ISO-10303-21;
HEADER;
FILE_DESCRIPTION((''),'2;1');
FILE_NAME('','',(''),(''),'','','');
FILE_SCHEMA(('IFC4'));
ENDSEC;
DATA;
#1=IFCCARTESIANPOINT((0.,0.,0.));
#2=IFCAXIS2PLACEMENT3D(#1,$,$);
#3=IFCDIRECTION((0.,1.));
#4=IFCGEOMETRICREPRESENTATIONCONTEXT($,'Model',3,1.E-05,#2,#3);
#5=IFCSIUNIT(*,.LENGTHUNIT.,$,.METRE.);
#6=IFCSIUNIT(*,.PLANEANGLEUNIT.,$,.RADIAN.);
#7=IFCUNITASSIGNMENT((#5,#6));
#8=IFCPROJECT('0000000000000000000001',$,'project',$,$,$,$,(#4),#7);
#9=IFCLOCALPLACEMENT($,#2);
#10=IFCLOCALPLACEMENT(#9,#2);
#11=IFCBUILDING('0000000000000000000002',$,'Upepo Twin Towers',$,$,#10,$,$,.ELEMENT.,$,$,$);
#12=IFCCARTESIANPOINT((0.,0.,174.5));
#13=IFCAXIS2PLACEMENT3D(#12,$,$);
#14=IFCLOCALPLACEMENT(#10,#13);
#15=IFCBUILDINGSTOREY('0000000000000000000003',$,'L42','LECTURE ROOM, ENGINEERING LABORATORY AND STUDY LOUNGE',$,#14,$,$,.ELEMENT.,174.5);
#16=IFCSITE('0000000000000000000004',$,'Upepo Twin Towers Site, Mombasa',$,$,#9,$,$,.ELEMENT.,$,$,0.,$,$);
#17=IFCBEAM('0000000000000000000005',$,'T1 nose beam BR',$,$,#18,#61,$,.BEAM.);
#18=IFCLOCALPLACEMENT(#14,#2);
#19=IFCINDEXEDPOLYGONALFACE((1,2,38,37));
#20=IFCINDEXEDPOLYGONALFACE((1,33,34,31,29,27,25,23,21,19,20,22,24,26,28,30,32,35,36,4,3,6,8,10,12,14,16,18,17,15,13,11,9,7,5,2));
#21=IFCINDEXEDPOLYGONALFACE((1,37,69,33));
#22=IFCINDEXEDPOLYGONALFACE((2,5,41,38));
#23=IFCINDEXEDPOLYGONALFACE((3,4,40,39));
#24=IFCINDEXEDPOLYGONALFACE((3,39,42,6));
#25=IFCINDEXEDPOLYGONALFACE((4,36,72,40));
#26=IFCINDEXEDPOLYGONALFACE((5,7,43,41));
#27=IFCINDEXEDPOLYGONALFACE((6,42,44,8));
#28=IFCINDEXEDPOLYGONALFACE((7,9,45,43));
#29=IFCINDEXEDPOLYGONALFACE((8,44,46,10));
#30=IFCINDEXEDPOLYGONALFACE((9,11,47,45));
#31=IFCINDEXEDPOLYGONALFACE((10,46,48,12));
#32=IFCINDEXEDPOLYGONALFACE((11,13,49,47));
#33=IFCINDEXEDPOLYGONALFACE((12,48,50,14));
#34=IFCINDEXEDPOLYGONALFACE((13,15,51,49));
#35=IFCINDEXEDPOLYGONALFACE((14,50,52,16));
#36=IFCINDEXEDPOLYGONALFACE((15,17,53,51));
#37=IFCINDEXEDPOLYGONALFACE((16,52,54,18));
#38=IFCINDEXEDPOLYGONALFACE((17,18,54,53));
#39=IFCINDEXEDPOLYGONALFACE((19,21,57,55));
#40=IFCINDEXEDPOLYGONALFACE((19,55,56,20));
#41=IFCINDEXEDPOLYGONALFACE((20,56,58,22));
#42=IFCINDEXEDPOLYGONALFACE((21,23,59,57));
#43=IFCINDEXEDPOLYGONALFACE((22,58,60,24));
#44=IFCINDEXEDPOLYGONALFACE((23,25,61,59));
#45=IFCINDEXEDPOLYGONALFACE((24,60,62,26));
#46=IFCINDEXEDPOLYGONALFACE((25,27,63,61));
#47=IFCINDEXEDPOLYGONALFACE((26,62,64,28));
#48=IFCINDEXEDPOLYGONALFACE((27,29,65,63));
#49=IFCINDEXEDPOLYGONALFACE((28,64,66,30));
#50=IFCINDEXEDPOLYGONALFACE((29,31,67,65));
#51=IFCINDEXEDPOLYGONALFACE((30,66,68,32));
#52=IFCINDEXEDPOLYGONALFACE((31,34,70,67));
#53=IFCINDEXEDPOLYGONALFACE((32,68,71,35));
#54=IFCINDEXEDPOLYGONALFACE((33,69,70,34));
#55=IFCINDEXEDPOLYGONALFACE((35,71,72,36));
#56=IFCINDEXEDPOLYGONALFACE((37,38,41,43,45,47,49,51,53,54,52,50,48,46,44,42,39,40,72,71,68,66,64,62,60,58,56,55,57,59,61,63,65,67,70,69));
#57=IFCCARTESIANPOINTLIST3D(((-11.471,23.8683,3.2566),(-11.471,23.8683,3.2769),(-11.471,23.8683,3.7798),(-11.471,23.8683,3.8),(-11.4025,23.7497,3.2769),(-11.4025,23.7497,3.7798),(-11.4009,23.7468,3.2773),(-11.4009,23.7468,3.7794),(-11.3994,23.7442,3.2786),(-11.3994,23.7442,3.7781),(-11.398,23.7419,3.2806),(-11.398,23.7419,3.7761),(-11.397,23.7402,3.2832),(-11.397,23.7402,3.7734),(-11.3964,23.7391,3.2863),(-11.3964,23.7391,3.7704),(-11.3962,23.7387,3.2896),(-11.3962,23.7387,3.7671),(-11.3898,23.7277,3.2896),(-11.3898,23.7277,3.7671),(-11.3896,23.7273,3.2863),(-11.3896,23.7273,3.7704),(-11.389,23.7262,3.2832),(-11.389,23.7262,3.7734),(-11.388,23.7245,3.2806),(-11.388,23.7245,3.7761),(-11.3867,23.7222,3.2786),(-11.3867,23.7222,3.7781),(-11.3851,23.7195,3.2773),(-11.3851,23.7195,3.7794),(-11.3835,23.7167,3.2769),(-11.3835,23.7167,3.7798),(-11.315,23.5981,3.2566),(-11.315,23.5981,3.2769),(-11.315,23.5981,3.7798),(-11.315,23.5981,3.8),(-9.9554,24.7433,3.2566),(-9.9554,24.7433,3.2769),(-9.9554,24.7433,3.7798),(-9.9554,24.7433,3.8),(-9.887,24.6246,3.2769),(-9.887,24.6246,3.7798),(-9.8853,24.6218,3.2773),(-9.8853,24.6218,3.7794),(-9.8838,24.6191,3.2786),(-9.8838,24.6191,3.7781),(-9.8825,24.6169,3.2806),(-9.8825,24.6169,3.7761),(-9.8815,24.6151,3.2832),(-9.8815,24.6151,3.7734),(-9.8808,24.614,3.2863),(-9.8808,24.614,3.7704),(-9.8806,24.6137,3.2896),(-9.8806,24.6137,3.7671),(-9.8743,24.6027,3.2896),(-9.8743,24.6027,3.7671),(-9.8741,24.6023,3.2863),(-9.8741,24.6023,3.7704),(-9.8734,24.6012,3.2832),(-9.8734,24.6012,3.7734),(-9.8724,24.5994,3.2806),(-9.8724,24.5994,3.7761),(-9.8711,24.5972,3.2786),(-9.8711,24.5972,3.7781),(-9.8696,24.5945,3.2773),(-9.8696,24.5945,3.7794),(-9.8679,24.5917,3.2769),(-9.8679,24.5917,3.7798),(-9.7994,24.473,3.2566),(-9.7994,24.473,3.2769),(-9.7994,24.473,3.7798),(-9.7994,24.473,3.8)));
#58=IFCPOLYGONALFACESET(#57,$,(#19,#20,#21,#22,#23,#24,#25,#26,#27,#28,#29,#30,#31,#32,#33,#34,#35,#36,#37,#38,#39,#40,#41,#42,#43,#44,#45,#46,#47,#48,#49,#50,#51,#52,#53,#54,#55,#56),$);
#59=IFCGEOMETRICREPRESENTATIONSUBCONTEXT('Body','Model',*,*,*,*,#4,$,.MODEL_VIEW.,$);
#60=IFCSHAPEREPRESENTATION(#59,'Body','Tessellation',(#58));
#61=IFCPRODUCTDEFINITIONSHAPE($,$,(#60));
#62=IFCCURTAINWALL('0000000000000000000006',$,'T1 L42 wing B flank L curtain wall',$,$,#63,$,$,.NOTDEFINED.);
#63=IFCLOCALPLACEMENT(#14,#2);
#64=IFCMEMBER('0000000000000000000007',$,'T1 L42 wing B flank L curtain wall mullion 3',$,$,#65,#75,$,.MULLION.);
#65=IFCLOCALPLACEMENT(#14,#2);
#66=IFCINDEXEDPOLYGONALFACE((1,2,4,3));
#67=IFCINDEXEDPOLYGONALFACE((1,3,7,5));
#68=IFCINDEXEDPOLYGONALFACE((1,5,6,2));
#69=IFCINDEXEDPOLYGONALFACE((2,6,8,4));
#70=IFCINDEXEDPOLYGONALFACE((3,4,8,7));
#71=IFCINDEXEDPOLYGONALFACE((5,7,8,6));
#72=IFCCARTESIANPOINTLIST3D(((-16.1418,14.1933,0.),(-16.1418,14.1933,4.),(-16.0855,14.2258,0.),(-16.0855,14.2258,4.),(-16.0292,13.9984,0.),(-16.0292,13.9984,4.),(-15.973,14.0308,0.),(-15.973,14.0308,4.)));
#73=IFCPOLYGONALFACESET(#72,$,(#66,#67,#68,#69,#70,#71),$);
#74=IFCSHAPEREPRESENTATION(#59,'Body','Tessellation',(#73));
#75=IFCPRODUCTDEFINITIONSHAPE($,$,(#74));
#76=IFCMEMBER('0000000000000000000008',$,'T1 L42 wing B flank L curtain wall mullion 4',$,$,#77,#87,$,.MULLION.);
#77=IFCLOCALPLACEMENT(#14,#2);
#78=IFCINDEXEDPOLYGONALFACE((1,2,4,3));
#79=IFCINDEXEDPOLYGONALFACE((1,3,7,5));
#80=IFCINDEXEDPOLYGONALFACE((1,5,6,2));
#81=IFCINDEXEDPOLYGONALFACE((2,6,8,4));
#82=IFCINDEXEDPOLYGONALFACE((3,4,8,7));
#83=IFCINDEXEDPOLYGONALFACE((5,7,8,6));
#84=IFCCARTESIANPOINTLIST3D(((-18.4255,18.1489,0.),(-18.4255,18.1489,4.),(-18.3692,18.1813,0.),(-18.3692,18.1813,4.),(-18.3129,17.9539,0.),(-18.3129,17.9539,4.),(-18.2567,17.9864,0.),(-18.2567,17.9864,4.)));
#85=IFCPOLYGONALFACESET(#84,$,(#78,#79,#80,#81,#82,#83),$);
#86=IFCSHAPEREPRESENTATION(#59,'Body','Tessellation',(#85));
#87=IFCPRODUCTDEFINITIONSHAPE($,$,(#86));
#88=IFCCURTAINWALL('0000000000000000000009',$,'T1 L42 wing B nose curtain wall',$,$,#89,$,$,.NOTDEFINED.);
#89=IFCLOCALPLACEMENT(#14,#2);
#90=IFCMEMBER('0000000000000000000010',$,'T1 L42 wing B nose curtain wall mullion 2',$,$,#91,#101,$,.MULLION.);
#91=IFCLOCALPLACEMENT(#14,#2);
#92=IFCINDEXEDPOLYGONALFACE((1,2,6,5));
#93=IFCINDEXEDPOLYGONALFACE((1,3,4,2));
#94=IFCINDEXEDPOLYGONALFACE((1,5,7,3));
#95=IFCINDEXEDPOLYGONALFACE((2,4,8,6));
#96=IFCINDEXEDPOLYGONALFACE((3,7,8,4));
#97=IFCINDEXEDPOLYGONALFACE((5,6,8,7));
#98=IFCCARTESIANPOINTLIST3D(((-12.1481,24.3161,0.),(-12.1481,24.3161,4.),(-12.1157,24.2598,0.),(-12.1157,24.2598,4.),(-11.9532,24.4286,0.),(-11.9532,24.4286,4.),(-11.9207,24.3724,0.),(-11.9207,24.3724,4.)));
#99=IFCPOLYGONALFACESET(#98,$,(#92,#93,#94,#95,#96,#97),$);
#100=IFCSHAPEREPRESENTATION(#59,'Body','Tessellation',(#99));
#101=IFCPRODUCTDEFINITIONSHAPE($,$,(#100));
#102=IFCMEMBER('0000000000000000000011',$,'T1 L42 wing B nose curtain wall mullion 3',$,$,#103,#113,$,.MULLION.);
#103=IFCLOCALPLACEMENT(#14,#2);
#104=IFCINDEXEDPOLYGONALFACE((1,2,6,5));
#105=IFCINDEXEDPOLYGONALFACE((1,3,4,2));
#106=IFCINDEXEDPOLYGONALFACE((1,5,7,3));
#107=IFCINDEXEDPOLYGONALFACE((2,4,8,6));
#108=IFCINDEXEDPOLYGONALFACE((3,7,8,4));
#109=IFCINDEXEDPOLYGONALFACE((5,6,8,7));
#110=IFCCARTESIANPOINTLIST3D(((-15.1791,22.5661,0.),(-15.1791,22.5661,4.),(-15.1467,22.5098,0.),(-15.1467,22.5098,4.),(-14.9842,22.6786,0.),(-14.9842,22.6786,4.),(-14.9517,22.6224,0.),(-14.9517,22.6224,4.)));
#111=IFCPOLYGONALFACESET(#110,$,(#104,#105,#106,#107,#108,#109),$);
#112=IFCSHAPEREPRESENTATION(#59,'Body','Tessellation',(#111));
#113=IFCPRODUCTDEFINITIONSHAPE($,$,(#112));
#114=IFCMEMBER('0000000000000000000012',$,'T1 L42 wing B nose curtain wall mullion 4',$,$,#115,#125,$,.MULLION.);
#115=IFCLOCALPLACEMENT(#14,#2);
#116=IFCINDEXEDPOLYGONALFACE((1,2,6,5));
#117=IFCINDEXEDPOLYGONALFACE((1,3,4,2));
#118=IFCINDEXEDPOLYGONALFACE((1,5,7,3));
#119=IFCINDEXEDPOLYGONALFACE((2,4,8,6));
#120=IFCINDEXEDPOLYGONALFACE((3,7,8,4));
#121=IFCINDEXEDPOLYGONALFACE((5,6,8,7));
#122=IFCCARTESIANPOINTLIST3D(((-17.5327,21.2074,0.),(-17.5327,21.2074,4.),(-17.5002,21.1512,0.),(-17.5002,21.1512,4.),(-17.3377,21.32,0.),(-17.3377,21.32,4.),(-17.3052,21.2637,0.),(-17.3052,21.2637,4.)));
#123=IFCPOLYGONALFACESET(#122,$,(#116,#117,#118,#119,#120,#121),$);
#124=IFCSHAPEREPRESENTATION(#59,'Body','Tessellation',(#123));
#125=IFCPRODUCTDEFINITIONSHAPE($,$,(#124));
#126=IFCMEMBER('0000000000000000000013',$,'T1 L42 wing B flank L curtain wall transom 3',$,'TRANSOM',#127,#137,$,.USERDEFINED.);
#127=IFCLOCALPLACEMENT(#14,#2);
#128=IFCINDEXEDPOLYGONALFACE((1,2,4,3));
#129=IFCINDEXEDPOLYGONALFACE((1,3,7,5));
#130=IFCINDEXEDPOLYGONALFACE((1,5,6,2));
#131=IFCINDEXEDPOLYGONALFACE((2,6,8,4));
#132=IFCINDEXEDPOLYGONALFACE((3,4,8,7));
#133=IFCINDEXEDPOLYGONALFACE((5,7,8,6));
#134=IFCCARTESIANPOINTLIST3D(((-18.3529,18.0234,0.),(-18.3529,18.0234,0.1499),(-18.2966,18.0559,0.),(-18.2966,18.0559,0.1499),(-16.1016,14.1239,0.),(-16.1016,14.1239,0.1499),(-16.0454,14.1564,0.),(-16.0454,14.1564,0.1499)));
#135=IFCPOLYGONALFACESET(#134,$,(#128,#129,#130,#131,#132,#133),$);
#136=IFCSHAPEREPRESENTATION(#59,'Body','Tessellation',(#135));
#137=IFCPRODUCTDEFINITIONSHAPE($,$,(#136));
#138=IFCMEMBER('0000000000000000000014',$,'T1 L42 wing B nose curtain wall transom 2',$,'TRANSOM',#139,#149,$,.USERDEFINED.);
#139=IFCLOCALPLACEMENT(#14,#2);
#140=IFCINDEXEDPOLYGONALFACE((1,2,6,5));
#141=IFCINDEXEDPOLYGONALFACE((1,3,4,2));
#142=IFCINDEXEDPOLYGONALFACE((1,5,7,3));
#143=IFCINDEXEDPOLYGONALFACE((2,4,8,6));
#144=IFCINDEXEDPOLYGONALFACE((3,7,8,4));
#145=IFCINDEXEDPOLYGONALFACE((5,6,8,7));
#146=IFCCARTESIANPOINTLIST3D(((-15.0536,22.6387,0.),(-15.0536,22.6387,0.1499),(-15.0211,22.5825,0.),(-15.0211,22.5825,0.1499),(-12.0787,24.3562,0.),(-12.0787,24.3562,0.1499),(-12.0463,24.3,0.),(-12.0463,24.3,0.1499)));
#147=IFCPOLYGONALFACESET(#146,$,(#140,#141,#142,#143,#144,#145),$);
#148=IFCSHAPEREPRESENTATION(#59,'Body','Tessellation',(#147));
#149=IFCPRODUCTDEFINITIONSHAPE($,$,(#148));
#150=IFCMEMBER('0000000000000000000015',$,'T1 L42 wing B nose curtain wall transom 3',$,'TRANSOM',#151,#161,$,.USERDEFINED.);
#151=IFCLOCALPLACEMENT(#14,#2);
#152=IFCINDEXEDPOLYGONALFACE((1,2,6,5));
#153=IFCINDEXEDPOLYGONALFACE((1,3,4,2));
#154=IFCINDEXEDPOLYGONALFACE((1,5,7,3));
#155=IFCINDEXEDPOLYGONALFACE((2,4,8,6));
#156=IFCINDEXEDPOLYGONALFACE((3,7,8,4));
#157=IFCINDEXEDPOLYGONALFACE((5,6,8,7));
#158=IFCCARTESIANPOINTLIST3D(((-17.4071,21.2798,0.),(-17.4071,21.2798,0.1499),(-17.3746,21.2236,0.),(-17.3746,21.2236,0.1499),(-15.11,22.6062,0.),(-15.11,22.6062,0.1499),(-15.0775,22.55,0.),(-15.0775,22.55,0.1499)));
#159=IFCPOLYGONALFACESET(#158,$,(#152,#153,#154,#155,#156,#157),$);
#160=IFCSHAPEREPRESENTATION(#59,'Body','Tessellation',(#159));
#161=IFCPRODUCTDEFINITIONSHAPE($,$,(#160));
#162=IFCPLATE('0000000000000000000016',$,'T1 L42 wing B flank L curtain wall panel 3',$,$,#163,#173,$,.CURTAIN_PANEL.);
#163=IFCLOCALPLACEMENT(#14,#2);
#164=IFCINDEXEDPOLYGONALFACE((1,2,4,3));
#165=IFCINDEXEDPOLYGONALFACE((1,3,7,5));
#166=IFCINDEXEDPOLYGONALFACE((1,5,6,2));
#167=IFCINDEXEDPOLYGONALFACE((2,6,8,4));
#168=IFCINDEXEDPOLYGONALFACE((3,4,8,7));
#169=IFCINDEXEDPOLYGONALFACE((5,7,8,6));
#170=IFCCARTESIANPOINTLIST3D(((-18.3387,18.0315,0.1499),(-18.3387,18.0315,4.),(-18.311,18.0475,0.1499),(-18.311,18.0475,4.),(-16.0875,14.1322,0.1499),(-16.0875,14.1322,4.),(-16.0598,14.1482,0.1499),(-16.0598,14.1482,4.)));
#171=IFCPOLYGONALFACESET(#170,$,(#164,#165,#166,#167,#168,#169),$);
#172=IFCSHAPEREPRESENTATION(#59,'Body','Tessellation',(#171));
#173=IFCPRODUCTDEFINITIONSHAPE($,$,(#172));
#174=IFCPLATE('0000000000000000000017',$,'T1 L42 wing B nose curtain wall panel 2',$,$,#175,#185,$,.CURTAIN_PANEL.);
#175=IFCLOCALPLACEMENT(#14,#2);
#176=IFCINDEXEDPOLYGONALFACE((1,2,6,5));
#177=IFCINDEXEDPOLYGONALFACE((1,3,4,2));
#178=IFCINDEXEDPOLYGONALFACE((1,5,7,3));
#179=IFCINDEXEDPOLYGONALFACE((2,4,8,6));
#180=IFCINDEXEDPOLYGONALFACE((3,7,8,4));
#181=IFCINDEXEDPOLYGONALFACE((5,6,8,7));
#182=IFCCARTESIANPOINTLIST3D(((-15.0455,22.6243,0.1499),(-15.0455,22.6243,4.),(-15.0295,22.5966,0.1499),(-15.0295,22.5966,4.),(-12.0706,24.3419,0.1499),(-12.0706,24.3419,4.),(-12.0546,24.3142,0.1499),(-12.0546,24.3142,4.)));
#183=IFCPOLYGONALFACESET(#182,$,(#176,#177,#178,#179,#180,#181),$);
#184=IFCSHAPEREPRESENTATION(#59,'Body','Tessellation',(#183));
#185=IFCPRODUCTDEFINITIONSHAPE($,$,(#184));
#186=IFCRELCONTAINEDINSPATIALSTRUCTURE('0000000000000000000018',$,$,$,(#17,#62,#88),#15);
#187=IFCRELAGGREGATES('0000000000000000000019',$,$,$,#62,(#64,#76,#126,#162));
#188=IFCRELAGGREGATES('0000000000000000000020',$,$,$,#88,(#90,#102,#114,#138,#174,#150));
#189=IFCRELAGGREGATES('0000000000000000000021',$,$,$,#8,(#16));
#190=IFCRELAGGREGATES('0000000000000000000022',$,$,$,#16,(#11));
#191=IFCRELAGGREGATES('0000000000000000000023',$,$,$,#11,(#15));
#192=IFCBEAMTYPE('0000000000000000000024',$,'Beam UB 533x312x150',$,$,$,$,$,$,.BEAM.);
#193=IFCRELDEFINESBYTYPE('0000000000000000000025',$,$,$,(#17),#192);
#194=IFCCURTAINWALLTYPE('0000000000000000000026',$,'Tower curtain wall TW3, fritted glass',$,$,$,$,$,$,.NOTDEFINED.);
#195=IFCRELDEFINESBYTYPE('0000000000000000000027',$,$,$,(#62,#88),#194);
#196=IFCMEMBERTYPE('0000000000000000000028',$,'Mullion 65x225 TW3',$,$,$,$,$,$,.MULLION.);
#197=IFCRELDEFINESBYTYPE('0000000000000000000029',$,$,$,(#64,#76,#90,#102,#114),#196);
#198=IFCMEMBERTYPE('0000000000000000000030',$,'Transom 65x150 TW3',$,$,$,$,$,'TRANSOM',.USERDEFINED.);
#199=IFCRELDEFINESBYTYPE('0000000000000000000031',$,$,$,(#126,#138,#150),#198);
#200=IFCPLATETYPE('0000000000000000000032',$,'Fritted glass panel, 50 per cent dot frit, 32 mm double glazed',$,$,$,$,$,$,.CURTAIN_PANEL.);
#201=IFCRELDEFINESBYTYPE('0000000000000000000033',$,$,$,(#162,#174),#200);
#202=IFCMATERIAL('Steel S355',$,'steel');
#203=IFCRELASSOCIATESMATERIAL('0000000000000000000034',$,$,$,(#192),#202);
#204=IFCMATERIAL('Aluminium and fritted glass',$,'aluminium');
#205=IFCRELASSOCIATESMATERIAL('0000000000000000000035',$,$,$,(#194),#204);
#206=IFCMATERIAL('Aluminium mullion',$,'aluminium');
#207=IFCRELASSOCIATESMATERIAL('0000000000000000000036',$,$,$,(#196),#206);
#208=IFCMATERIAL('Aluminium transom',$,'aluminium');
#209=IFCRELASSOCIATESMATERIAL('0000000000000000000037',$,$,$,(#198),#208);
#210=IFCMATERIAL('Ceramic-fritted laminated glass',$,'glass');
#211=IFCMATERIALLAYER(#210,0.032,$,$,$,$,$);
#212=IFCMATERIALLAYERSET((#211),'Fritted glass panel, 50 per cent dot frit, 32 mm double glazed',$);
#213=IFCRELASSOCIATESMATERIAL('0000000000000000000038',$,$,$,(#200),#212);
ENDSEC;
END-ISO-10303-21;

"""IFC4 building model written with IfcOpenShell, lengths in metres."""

from ifc_helpers import new_model, si_unit, direction, frame, origin, origin_2d, place, context, subcontext, project, spatial, rectangle, i_section, extrude, material, layer, layer_set, material_profile, profile_set, type_object, element, aggregate, save


model = new_model("IFC4")

# Units and contexts
model_context = context("Model", 3, precision=1e-05, world=origin(), true_north=direction((0.0, 1.0)))
body_context = subcontext(model_context, "Body", "Model", "MODEL_VIEW")
ifc_project = project(units=[si_unit("LENGTHUNIT", "METRE"), si_unit("PLANEANGLEUNIT", "RADIAN")], contexts=[model_context])

# Site, building, storey
site_placement = place(None, origin())
site = spatial("IfcSite", under=ifc_project, at=site_placement, Name="Upepo Twin Towers Site, Mombasa", CompositionType="ELEMENT", RefElevation=0.0)
building_placement = place(site_placement, origin())
building = spatial("IfcBuilding", under=site, at=building_placement, Name="Upepo Twin Towers", CompositionType="ELEMENT")
storey_placement = place(building_placement, frame((0.0, 0.0, 174.5)))
storey = spatial("IfcBuildingStorey", under=building, at=storey_placement, Name="L42", Description="LECTURE ROOM, ENGINEERING LABORATORY AND STUDY LOUNGE", CompositionType="ELEMENT", Elevation=174.5)

# Beam
ifc_material_1 = material(Name="Steel S355", Category="steel")
ifc_material_profile_1 = material_profile(ifc_material_1, i_section(OverallWidth=0.312, OverallDepth=0.5435, WebThickness=0.0127, FlangeThickness=0.0203, FilletRadius=0.0127, at=origin_2d()), Name="UB 533x312x150")
ifc_profile_set_1 = profile_set([ifc_material_profile_1], Name="Steel S355")
beam_type_1 = type_object("IfcBeamType", Name="Beam UB 533x312x150", PredefinedType="BEAM", material=ifc_profile_set_1)
for number, where, z_axis, x_axis, name in (
    (1, (-9.8774, 24.6082, 3.5283), (-0.866037, -0.49998, 0.0), (0.49998, -0.866037, 0.0), "T1 nose beam BR"),
):
    element("IfcBeam", number, at=place(storey_placement, frame(where, z_axis=z_axis, x_axis=x_axis)), inside=storey, type_object=beam_type_1, Name=name, PredefinedType="BEAM", context=body_context, shape_type="SweptSolid", body=[
        extrude(i_section(OverallWidth=0.312, OverallDepth=0.5435, WebThickness=0.0127, FlangeThickness=0.0203, FilletRadius=0.0127, at=origin_2d()), origin(), (0.0, 0.0, 1.0), 1.75),
    ])

# Curtain walls, members
ifc_material_2 = material(Name="Aluminium and fritted glass", Category="aluminium")
curtain_wall_type = type_object("IfcCurtainWallType", Name="Tower curtain wall TW3, fritted glass", PredefinedType="NOTDEFINED", material=ifc_material_2)
curtain_wall_1_placement = place(storey_placement, origin())
curtain_wall_1 = element("IfcCurtainWall", 2, at=curtain_wall_1_placement, inside=storey, type_object=curtain_wall_type, Name="T1 L42 wing B flank L curtain wall", PredefinedType="NOTDEFINED")
ifc_material_3 = material(Name="Aluminium mullion", Category="aluminium")
ifc_material_profile_2 = material_profile(ifc_material_3, rectangle(XDim=0.0649, YDim=0.2251, at=origin_2d()), Name="MULLION 65x225")
ifc_profile_set_2 = profile_set([ifc_material_profile_2], Name="Aluminium mullion")
member_type_1 = type_object("IfcMemberType", Name="Mullion 65x225 TW3", PredefinedType="MULLION", material=ifc_profile_set_2)
member_1_placement = place(storey_placement, frame((-16.0574, 14.1121, 0.0), z_axis=(0.0, 0.0, 1.0), x_axis=(-0.866025, -0.5, 0.0)))
member_1 = element("IfcMember", 3, at=member_1_placement, type_object=member_type_1, Name="T1 L42 wing B flank L curtain wall mullion 3", PredefinedType="MULLION", context=body_context, shape_type="SweptSolid", body=[
    extrude(rectangle(XDim=0.0649, YDim=0.2251, at=origin_2d()), origin(), (0.0, 0.0, 1.0), 4.0),
])
member_2_placement = place(storey_placement, frame((-18.3411, 18.0676, 0.0), z_axis=(0.0, 0.0, 1.0), x_axis=(-0.866025, -0.5, 0.0)))
member_2 = element("IfcMember", 4, at=member_2_placement, type_object=member_type_1, Name="T1 L42 wing B flank L curtain wall mullion 4", PredefinedType="MULLION", context=body_context, shape_type="SweptSolid", body=[
    extrude(rectangle(XDim=0.0649, YDim=0.2251, at=origin_2d()), origin(), (0.0, 0.0, 1.0), 4.0),
])
curtain_wall_2_placement = place(storey_placement, origin())
curtain_wall_2 = element("IfcCurtainWall", 5, at=curtain_wall_2_placement, inside=storey, type_object=curtain_wall_type, Name="T1 L42 wing B nose curtain wall", PredefinedType="NOTDEFINED")
member_3_placement = place(storey_placement, frame((-12.0344, 24.3442, 0.0), z_axis=(0.0, 0.0, 1.0), x_axis=(0.5, -0.866025, 0.0)))
member_3 = element("IfcMember", 6, at=member_3_placement, type_object=member_type_1, Name="T1 L42 wing B nose curtain wall mullion 2", PredefinedType="MULLION", context=body_context, shape_type="SweptSolid", body=[
    extrude(rectangle(XDim=0.0649, YDim=0.2251, at=origin_2d()), origin(), (0.0, 0.0, 1.0), 4.0),
])
member_4_placement = place(storey_placement, frame((-15.0654, 22.5942, 0.0), z_axis=(0.0, 0.0, 1.0), x_axis=(0.5, -0.866025, 0.0)))
member_4 = element("IfcMember", 7, at=member_4_placement, type_object=member_type_1, Name="T1 L42 wing B nose curtain wall mullion 3", PredefinedType="MULLION", context=body_context, shape_type="SweptSolid", body=[
    extrude(rectangle(XDim=0.0649, YDim=0.2251, at=origin_2d()), origin(), (0.0, 0.0, 1.0), 4.0),
])
member_5_placement = place(storey_placement, frame((-17.4189, 21.2356, 0.0), z_axis=(0.0, 0.0, 1.0), x_axis=(0.5, -0.866025, 0.0)))
member_5 = element("IfcMember", 8, at=member_5_placement, type_object=member_type_1, Name="T1 L42 wing B nose curtain wall mullion 4", PredefinedType="MULLION", context=body_context, shape_type="SweptSolid", body=[
    extrude(rectangle(XDim=0.0649, YDim=0.2251, at=origin_2d()), origin(), (0.0, 0.0, 1.0), 4.0),
])

# Members
ifc_material_4 = material(Name="Aluminium transom", Category="aluminium")
ifc_material_profile_3 = material_profile(ifc_material_4, rectangle(XDim=0.0649, YDim=0.1499, at=origin_2d()), Name="TRANSOM 65x150")
ifc_profile_set_3 = profile_set([ifc_material_profile_3], Name="Aluminium transom")
member_type_2 = type_object("IfcMemberType", Name="Transom 65x150 TW3", ElementType="TRANSOM", PredefinedType="USERDEFINED", material=ifc_profile_set_3)
member_6_placement = place(storey_placement, frame((-16.0735, 14.1401, 0.075), z_axis=(-0.499982, 0.866036, 0.0), x_axis=(-0.866036, -0.499982, 0.0)))
member_6 = element("IfcMember", 9, at=member_6_placement, type_object=member_type_2, Name="T1 L42 wing B flank L curtain wall transom 3", ObjectType="TRANSOM", PredefinedType="USERDEFINED", context=body_context, shape_type="SweptSolid", body=[
    extrude(rectangle(XDim=0.0649, YDim=0.1499, at=origin_2d()), origin(), (0.0, 0.0, 1.0), 4.5027),
])
member_7_placement = place(storey_placement, frame((-12.0625, 24.3281, 0.075), z_axis=(-0.866026, -0.499999, 0.0), x_axis=(0.499999, -0.866026, 0.0)))
member_7 = element("IfcMember", 10, at=member_7_placement, type_object=member_type_2, Name="T1 L42 wing B nose curtain wall transom 2", ObjectType="TRANSOM", PredefinedType="USERDEFINED", context=body_context, shape_type="SweptSolid", body=[
    extrude(rectangle(XDim=0.0649, YDim=0.1499, at=origin_2d()), origin(), (0.0, 0.0, 1.0), 3.4351),
])
member_8_placement = place(storey_placement, frame((-15.0938, 22.5781, 0.075), z_axis=(-0.865997, -0.500049, 0.0), x_axis=(0.500049, -0.865997, 0.0)))
member_8 = element("IfcMember", 11, at=member_8_placement, type_object=member_type_2, Name="T1 L42 wing B nose curtain wall transom 3", ObjectType="TRANSOM", PredefinedType="USERDEFINED", context=body_context, shape_type="SweptSolid", body=[
    extrude(rectangle(XDim=0.0649, YDim=0.1499, at=origin_2d()), origin(), (0.0, 0.0, 1.0), 2.6526),
])

# Plates
ifc_material_5 = material(Name="Ceramic-fritted laminated glass", Category="glass")
ifc_layer_1 = layer(ifc_material_5, 0.032)
ifc_layer_set_1 = layer_set([ifc_layer_1], Name="Fritted glass panel, 50 per cent dot frit, 32 mm double glazed")
plate_type_1 = type_object("IfcPlateType", Name="Fritted glass panel, 50 per cent dot frit, 32 mm double glazed", PredefinedType="CURTAIN_PANEL", material=ifc_layer_set_1)
plate_1_placement = place(storey_placement, frame((-17.1992, 16.0898, 0.1499), z_axis=(0.0, 0.0, 1.0), x_axis=(-0.5, 0.866025, 0.0)))
plate_1 = element("IfcPlate", 12, at=plate_1_placement, type_object=plate_type_1, Name="T1 L42 wing B flank L curtain wall panel 3", PredefinedType="CURTAIN_PANEL", context=body_context, shape_type="SweptSolid", body=[
    extrude(rectangle(XDim=4.5024, YDim=0.032, at=origin_2d()), origin(), (0.0, 0.0, 1.0), 3.8501),
])
aggregate(curtain_wall_1, [member_1, member_2, member_6, plate_1])
plate_2_placement = place(storey_placement, frame((-13.55, 23.4692, 0.1499), z_axis=(0.0, 0.0, 1.0), x_axis=(-0.866025, -0.5, 0.0)))
plate_2 = element("IfcPlate", 13, at=plate_2_placement, type_object=plate_type_1, Name="T1 L42 wing B nose curtain wall panel 2", PredefinedType="CURTAIN_PANEL", context=body_context, shape_type="SweptSolid", body=[
    extrude(rectangle(XDim=3.4351, YDim=0.032, at=origin_2d()), origin(), (0.0, 0.0, 1.0), 3.8501),
])
aggregate(curtain_wall_2, [member_3, member_4, member_5, member_7, plate_2, member_8])

save(model, "model.ifc")
